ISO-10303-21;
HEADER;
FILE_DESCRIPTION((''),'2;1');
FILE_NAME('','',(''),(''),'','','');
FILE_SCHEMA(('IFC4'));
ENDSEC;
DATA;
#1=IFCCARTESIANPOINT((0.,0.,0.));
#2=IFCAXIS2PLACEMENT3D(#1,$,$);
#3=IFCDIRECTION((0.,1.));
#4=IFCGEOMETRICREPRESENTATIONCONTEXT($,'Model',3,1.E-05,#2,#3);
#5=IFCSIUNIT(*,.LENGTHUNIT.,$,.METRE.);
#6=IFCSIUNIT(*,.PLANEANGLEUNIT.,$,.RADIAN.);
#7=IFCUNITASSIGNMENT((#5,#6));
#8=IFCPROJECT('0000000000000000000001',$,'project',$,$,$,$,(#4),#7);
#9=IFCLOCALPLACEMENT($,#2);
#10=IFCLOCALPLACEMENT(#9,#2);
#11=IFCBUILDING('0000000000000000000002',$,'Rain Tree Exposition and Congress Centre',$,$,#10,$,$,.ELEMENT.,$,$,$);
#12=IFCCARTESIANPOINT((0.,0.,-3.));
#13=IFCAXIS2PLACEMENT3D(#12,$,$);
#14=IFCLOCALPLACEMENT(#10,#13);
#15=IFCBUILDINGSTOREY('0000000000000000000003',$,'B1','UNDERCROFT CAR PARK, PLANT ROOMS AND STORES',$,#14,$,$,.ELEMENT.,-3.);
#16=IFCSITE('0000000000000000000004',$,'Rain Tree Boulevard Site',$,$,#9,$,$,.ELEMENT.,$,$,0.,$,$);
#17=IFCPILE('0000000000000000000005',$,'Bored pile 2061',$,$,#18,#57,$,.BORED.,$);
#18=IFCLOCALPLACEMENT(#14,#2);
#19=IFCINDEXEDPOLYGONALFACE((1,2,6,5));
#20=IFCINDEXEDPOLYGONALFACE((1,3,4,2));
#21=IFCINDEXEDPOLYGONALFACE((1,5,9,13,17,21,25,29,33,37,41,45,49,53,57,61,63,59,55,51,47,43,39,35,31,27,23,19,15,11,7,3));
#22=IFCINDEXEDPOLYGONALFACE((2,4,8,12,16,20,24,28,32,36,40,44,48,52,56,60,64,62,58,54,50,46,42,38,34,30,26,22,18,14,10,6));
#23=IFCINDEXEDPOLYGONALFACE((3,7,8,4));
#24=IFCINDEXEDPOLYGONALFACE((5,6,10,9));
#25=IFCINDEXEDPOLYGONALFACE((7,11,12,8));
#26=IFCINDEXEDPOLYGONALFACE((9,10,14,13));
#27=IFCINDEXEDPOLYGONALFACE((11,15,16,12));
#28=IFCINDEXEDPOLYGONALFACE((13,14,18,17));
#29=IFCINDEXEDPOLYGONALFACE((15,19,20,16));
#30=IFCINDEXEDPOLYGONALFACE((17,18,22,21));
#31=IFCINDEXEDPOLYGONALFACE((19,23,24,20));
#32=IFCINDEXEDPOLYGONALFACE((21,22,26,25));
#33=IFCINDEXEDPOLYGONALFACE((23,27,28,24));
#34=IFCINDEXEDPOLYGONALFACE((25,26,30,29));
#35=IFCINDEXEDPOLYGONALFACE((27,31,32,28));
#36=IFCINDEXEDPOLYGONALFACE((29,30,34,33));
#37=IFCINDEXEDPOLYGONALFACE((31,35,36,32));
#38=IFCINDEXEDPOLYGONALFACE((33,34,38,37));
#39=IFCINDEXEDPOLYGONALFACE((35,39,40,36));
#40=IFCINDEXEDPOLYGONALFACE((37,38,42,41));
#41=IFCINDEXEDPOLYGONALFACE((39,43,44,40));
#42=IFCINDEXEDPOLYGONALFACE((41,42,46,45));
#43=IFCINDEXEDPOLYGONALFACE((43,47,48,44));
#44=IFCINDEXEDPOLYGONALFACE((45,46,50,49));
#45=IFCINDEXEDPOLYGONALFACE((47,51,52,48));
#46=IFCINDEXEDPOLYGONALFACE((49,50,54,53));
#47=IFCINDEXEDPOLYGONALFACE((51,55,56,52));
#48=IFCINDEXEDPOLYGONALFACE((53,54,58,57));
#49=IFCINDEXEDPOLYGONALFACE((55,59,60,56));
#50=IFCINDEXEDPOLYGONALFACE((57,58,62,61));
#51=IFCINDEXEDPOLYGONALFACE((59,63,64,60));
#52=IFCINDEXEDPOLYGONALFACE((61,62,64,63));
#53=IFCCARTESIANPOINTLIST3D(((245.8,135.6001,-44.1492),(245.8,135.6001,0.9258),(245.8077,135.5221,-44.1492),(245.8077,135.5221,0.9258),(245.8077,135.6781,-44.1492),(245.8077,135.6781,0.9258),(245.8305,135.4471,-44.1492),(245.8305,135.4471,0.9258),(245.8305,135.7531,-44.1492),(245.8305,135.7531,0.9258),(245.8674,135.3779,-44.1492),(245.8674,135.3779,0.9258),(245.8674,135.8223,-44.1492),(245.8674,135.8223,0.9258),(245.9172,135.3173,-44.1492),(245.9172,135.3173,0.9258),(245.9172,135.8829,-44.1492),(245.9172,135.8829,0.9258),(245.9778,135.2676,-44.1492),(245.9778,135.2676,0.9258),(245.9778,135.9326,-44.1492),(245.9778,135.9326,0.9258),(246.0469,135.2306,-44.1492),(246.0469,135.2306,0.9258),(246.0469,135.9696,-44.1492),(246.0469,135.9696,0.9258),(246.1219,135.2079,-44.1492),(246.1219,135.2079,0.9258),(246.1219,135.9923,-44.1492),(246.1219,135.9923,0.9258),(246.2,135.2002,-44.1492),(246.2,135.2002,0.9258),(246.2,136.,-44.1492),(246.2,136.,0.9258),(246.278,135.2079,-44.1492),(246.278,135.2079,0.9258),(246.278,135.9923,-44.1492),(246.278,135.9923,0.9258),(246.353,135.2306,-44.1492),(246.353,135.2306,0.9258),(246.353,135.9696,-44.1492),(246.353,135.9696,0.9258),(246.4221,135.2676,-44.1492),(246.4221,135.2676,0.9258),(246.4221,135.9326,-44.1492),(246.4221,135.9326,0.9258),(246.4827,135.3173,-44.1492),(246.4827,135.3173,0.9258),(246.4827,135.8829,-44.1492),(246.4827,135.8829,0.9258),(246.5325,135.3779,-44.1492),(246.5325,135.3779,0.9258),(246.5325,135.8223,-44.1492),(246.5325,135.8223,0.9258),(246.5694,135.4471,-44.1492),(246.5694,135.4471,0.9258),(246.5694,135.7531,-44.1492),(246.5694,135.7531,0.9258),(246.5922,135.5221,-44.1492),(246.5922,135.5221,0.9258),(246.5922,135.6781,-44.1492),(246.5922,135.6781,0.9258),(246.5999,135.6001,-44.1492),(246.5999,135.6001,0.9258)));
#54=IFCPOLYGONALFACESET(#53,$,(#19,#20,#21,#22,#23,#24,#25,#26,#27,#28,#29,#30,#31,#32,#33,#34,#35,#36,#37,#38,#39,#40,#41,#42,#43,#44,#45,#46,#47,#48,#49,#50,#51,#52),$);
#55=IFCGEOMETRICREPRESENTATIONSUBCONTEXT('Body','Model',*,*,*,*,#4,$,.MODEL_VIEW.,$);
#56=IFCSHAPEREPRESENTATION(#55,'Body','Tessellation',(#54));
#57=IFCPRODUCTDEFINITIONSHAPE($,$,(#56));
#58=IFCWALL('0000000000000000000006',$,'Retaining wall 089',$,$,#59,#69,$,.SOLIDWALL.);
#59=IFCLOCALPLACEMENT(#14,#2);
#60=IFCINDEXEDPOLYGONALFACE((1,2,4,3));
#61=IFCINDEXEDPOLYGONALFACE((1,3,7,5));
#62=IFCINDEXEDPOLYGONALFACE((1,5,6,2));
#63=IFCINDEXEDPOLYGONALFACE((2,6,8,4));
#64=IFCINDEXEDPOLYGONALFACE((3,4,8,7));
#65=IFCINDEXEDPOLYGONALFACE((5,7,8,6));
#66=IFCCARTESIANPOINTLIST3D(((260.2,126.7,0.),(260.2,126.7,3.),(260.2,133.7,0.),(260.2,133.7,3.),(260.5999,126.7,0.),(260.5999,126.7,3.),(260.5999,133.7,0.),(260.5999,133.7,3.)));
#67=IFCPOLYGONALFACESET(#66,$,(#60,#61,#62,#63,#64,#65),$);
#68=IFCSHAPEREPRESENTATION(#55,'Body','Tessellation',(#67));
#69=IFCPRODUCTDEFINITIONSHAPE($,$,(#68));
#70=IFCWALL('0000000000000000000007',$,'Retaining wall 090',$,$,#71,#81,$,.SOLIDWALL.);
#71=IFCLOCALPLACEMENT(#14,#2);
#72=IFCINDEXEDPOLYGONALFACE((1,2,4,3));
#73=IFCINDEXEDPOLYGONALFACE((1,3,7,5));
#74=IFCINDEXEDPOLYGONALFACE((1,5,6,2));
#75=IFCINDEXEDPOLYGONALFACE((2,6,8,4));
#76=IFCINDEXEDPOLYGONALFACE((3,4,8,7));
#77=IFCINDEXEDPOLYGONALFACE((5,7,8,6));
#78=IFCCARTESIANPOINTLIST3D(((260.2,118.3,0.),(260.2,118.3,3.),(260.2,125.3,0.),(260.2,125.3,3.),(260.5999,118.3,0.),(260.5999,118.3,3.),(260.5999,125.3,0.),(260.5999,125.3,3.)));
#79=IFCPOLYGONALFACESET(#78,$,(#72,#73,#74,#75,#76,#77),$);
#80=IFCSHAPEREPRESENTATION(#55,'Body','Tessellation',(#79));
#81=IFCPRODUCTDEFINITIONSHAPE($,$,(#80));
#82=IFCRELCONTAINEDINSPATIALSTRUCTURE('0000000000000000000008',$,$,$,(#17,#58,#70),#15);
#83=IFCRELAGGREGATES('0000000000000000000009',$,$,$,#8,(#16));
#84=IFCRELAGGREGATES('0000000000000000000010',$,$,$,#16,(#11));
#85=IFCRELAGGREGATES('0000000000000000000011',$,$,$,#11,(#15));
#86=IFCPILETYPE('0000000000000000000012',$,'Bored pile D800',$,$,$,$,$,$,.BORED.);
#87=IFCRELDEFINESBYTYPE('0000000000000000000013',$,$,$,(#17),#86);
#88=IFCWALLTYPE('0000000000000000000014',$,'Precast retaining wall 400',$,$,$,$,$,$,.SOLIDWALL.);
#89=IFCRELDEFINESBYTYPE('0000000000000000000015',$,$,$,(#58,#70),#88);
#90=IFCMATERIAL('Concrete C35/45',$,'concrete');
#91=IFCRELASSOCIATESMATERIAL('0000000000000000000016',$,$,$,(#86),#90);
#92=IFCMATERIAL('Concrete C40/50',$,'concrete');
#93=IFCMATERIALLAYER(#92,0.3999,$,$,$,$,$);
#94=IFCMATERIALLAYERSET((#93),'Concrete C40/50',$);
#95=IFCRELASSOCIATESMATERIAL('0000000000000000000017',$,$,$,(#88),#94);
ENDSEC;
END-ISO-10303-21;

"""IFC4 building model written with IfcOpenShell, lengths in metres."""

from ifc_helpers import new_model, si_unit, direction, frame, frame_2d, origin, origin_2d, place, context, subcontext, project, spatial, rectangle, circle, extrude, material, layer, layer_set, material_profile, profile_set, type_object, element, save


model = new_model("IFC4")

# Units and contexts
model_context = context("Model", 3, precision=1e-05, world=origin(), true_north=direction((0.0, 1.0)))
body_context = subcontext(model_context, "Body", "Model", "MODEL_VIEW")
ifc_project = project(units=[si_unit("LENGTHUNIT", "METRE"), si_unit("PLANEANGLEUNIT", "RADIAN")], contexts=[model_context])

# Site, building, storey
site_placement = place(None, origin())
site = spatial("IfcSite", under=ifc_project, at=site_placement, Name="Rain Tree Boulevard Site", CompositionType="ELEMENT", RefElevation=0.0)
building_placement = place(site_placement, origin())
building = spatial("IfcBuilding", under=site, at=building_placement, Name="Rain Tree Exposition and Congress Centre", CompositionType="ELEMENT")
storey_placement = place(building_placement, frame((0.0, 0.0, -3.0)))
storey = spatial("IfcBuildingStorey", under=building, at=storey_placement, Name="B1", Description="UNDERCROFT CAR PARK, PLANT ROOMS AND STORES", CompositionType="ELEMENT", Elevation=-3.0)

# Pile
ifc_material_1 = material(Name="Concrete C35/45", Category="concrete")
ifc_material_profile_1 = material_profile(ifc_material_1, circle(Radius=0.3999, at=origin_2d()), Name="D800")
ifc_profile_set_1 = profile_set([ifc_material_profile_1], Name="Concrete C35/45")
pile_type_1 = type_object("IfcPileType", Name="Bored pile D800", PredefinedType="BORED", material=ifc_profile_set_1)
for number, where, z_axis, x_axis, name in (
    (1, (246.2, 135.6001, 0.9258), (0.0, 0.0, -1.0), (1.0, 0.0, 0.0), "Bored pile 2061"),
):
    element("IfcPile", number, at=place(storey_placement, frame(where, z_axis=z_axis, x_axis=x_axis)), inside=storey, type_object=pile_type_1, Name=name, PredefinedType="BORED", context=body_context, shape_type="SweptSolid", body=[
        extrude(circle(Radius=0.3999, at=origin_2d()), origin(), (0.0, 0.0, 1.0), 45.075),
    ])

# Walls
ifc_material_2 = material(Name="Concrete C40/50", Category="concrete")
ifc_layer = layer(ifc_material_2, 0.3999)
ifc_layer_set = layer_set([ifc_layer], Name="Concrete C40/50")
wall_type = type_object("IfcWallType", Name="Precast retaining wall 400", PredefinedType="SOLIDWALL", material=ifc_layer_set)
for number, where, z_axis, x_axis, name in (
    (2, (260.3999, 133.7, 0.0), (0.0, 0.0, 1.0), (0.0, -1.0, 0.0), "Retaining wall 089"),
    (3, (260.3999, 125.3, 0.0), (0.0, 0.0, 1.0), (0.0, -1.0, 0.0), "Retaining wall 090"),
):
    element("IfcWall", number, at=place(storey_placement, frame(where, z_axis=z_axis, x_axis=x_axis)), inside=storey, type_object=wall_type, Name=name, PredefinedType="SOLIDWALL", context=body_context, shape_type="SweptSolid", body=[
        extrude(rectangle(XDim=7.0, YDim=0.3999, at=frame_2d((3.5, 0.0))), origin(), (0.0, 0.0, 1.0), 3.0),
    ])

save(model, "model.ifc")
